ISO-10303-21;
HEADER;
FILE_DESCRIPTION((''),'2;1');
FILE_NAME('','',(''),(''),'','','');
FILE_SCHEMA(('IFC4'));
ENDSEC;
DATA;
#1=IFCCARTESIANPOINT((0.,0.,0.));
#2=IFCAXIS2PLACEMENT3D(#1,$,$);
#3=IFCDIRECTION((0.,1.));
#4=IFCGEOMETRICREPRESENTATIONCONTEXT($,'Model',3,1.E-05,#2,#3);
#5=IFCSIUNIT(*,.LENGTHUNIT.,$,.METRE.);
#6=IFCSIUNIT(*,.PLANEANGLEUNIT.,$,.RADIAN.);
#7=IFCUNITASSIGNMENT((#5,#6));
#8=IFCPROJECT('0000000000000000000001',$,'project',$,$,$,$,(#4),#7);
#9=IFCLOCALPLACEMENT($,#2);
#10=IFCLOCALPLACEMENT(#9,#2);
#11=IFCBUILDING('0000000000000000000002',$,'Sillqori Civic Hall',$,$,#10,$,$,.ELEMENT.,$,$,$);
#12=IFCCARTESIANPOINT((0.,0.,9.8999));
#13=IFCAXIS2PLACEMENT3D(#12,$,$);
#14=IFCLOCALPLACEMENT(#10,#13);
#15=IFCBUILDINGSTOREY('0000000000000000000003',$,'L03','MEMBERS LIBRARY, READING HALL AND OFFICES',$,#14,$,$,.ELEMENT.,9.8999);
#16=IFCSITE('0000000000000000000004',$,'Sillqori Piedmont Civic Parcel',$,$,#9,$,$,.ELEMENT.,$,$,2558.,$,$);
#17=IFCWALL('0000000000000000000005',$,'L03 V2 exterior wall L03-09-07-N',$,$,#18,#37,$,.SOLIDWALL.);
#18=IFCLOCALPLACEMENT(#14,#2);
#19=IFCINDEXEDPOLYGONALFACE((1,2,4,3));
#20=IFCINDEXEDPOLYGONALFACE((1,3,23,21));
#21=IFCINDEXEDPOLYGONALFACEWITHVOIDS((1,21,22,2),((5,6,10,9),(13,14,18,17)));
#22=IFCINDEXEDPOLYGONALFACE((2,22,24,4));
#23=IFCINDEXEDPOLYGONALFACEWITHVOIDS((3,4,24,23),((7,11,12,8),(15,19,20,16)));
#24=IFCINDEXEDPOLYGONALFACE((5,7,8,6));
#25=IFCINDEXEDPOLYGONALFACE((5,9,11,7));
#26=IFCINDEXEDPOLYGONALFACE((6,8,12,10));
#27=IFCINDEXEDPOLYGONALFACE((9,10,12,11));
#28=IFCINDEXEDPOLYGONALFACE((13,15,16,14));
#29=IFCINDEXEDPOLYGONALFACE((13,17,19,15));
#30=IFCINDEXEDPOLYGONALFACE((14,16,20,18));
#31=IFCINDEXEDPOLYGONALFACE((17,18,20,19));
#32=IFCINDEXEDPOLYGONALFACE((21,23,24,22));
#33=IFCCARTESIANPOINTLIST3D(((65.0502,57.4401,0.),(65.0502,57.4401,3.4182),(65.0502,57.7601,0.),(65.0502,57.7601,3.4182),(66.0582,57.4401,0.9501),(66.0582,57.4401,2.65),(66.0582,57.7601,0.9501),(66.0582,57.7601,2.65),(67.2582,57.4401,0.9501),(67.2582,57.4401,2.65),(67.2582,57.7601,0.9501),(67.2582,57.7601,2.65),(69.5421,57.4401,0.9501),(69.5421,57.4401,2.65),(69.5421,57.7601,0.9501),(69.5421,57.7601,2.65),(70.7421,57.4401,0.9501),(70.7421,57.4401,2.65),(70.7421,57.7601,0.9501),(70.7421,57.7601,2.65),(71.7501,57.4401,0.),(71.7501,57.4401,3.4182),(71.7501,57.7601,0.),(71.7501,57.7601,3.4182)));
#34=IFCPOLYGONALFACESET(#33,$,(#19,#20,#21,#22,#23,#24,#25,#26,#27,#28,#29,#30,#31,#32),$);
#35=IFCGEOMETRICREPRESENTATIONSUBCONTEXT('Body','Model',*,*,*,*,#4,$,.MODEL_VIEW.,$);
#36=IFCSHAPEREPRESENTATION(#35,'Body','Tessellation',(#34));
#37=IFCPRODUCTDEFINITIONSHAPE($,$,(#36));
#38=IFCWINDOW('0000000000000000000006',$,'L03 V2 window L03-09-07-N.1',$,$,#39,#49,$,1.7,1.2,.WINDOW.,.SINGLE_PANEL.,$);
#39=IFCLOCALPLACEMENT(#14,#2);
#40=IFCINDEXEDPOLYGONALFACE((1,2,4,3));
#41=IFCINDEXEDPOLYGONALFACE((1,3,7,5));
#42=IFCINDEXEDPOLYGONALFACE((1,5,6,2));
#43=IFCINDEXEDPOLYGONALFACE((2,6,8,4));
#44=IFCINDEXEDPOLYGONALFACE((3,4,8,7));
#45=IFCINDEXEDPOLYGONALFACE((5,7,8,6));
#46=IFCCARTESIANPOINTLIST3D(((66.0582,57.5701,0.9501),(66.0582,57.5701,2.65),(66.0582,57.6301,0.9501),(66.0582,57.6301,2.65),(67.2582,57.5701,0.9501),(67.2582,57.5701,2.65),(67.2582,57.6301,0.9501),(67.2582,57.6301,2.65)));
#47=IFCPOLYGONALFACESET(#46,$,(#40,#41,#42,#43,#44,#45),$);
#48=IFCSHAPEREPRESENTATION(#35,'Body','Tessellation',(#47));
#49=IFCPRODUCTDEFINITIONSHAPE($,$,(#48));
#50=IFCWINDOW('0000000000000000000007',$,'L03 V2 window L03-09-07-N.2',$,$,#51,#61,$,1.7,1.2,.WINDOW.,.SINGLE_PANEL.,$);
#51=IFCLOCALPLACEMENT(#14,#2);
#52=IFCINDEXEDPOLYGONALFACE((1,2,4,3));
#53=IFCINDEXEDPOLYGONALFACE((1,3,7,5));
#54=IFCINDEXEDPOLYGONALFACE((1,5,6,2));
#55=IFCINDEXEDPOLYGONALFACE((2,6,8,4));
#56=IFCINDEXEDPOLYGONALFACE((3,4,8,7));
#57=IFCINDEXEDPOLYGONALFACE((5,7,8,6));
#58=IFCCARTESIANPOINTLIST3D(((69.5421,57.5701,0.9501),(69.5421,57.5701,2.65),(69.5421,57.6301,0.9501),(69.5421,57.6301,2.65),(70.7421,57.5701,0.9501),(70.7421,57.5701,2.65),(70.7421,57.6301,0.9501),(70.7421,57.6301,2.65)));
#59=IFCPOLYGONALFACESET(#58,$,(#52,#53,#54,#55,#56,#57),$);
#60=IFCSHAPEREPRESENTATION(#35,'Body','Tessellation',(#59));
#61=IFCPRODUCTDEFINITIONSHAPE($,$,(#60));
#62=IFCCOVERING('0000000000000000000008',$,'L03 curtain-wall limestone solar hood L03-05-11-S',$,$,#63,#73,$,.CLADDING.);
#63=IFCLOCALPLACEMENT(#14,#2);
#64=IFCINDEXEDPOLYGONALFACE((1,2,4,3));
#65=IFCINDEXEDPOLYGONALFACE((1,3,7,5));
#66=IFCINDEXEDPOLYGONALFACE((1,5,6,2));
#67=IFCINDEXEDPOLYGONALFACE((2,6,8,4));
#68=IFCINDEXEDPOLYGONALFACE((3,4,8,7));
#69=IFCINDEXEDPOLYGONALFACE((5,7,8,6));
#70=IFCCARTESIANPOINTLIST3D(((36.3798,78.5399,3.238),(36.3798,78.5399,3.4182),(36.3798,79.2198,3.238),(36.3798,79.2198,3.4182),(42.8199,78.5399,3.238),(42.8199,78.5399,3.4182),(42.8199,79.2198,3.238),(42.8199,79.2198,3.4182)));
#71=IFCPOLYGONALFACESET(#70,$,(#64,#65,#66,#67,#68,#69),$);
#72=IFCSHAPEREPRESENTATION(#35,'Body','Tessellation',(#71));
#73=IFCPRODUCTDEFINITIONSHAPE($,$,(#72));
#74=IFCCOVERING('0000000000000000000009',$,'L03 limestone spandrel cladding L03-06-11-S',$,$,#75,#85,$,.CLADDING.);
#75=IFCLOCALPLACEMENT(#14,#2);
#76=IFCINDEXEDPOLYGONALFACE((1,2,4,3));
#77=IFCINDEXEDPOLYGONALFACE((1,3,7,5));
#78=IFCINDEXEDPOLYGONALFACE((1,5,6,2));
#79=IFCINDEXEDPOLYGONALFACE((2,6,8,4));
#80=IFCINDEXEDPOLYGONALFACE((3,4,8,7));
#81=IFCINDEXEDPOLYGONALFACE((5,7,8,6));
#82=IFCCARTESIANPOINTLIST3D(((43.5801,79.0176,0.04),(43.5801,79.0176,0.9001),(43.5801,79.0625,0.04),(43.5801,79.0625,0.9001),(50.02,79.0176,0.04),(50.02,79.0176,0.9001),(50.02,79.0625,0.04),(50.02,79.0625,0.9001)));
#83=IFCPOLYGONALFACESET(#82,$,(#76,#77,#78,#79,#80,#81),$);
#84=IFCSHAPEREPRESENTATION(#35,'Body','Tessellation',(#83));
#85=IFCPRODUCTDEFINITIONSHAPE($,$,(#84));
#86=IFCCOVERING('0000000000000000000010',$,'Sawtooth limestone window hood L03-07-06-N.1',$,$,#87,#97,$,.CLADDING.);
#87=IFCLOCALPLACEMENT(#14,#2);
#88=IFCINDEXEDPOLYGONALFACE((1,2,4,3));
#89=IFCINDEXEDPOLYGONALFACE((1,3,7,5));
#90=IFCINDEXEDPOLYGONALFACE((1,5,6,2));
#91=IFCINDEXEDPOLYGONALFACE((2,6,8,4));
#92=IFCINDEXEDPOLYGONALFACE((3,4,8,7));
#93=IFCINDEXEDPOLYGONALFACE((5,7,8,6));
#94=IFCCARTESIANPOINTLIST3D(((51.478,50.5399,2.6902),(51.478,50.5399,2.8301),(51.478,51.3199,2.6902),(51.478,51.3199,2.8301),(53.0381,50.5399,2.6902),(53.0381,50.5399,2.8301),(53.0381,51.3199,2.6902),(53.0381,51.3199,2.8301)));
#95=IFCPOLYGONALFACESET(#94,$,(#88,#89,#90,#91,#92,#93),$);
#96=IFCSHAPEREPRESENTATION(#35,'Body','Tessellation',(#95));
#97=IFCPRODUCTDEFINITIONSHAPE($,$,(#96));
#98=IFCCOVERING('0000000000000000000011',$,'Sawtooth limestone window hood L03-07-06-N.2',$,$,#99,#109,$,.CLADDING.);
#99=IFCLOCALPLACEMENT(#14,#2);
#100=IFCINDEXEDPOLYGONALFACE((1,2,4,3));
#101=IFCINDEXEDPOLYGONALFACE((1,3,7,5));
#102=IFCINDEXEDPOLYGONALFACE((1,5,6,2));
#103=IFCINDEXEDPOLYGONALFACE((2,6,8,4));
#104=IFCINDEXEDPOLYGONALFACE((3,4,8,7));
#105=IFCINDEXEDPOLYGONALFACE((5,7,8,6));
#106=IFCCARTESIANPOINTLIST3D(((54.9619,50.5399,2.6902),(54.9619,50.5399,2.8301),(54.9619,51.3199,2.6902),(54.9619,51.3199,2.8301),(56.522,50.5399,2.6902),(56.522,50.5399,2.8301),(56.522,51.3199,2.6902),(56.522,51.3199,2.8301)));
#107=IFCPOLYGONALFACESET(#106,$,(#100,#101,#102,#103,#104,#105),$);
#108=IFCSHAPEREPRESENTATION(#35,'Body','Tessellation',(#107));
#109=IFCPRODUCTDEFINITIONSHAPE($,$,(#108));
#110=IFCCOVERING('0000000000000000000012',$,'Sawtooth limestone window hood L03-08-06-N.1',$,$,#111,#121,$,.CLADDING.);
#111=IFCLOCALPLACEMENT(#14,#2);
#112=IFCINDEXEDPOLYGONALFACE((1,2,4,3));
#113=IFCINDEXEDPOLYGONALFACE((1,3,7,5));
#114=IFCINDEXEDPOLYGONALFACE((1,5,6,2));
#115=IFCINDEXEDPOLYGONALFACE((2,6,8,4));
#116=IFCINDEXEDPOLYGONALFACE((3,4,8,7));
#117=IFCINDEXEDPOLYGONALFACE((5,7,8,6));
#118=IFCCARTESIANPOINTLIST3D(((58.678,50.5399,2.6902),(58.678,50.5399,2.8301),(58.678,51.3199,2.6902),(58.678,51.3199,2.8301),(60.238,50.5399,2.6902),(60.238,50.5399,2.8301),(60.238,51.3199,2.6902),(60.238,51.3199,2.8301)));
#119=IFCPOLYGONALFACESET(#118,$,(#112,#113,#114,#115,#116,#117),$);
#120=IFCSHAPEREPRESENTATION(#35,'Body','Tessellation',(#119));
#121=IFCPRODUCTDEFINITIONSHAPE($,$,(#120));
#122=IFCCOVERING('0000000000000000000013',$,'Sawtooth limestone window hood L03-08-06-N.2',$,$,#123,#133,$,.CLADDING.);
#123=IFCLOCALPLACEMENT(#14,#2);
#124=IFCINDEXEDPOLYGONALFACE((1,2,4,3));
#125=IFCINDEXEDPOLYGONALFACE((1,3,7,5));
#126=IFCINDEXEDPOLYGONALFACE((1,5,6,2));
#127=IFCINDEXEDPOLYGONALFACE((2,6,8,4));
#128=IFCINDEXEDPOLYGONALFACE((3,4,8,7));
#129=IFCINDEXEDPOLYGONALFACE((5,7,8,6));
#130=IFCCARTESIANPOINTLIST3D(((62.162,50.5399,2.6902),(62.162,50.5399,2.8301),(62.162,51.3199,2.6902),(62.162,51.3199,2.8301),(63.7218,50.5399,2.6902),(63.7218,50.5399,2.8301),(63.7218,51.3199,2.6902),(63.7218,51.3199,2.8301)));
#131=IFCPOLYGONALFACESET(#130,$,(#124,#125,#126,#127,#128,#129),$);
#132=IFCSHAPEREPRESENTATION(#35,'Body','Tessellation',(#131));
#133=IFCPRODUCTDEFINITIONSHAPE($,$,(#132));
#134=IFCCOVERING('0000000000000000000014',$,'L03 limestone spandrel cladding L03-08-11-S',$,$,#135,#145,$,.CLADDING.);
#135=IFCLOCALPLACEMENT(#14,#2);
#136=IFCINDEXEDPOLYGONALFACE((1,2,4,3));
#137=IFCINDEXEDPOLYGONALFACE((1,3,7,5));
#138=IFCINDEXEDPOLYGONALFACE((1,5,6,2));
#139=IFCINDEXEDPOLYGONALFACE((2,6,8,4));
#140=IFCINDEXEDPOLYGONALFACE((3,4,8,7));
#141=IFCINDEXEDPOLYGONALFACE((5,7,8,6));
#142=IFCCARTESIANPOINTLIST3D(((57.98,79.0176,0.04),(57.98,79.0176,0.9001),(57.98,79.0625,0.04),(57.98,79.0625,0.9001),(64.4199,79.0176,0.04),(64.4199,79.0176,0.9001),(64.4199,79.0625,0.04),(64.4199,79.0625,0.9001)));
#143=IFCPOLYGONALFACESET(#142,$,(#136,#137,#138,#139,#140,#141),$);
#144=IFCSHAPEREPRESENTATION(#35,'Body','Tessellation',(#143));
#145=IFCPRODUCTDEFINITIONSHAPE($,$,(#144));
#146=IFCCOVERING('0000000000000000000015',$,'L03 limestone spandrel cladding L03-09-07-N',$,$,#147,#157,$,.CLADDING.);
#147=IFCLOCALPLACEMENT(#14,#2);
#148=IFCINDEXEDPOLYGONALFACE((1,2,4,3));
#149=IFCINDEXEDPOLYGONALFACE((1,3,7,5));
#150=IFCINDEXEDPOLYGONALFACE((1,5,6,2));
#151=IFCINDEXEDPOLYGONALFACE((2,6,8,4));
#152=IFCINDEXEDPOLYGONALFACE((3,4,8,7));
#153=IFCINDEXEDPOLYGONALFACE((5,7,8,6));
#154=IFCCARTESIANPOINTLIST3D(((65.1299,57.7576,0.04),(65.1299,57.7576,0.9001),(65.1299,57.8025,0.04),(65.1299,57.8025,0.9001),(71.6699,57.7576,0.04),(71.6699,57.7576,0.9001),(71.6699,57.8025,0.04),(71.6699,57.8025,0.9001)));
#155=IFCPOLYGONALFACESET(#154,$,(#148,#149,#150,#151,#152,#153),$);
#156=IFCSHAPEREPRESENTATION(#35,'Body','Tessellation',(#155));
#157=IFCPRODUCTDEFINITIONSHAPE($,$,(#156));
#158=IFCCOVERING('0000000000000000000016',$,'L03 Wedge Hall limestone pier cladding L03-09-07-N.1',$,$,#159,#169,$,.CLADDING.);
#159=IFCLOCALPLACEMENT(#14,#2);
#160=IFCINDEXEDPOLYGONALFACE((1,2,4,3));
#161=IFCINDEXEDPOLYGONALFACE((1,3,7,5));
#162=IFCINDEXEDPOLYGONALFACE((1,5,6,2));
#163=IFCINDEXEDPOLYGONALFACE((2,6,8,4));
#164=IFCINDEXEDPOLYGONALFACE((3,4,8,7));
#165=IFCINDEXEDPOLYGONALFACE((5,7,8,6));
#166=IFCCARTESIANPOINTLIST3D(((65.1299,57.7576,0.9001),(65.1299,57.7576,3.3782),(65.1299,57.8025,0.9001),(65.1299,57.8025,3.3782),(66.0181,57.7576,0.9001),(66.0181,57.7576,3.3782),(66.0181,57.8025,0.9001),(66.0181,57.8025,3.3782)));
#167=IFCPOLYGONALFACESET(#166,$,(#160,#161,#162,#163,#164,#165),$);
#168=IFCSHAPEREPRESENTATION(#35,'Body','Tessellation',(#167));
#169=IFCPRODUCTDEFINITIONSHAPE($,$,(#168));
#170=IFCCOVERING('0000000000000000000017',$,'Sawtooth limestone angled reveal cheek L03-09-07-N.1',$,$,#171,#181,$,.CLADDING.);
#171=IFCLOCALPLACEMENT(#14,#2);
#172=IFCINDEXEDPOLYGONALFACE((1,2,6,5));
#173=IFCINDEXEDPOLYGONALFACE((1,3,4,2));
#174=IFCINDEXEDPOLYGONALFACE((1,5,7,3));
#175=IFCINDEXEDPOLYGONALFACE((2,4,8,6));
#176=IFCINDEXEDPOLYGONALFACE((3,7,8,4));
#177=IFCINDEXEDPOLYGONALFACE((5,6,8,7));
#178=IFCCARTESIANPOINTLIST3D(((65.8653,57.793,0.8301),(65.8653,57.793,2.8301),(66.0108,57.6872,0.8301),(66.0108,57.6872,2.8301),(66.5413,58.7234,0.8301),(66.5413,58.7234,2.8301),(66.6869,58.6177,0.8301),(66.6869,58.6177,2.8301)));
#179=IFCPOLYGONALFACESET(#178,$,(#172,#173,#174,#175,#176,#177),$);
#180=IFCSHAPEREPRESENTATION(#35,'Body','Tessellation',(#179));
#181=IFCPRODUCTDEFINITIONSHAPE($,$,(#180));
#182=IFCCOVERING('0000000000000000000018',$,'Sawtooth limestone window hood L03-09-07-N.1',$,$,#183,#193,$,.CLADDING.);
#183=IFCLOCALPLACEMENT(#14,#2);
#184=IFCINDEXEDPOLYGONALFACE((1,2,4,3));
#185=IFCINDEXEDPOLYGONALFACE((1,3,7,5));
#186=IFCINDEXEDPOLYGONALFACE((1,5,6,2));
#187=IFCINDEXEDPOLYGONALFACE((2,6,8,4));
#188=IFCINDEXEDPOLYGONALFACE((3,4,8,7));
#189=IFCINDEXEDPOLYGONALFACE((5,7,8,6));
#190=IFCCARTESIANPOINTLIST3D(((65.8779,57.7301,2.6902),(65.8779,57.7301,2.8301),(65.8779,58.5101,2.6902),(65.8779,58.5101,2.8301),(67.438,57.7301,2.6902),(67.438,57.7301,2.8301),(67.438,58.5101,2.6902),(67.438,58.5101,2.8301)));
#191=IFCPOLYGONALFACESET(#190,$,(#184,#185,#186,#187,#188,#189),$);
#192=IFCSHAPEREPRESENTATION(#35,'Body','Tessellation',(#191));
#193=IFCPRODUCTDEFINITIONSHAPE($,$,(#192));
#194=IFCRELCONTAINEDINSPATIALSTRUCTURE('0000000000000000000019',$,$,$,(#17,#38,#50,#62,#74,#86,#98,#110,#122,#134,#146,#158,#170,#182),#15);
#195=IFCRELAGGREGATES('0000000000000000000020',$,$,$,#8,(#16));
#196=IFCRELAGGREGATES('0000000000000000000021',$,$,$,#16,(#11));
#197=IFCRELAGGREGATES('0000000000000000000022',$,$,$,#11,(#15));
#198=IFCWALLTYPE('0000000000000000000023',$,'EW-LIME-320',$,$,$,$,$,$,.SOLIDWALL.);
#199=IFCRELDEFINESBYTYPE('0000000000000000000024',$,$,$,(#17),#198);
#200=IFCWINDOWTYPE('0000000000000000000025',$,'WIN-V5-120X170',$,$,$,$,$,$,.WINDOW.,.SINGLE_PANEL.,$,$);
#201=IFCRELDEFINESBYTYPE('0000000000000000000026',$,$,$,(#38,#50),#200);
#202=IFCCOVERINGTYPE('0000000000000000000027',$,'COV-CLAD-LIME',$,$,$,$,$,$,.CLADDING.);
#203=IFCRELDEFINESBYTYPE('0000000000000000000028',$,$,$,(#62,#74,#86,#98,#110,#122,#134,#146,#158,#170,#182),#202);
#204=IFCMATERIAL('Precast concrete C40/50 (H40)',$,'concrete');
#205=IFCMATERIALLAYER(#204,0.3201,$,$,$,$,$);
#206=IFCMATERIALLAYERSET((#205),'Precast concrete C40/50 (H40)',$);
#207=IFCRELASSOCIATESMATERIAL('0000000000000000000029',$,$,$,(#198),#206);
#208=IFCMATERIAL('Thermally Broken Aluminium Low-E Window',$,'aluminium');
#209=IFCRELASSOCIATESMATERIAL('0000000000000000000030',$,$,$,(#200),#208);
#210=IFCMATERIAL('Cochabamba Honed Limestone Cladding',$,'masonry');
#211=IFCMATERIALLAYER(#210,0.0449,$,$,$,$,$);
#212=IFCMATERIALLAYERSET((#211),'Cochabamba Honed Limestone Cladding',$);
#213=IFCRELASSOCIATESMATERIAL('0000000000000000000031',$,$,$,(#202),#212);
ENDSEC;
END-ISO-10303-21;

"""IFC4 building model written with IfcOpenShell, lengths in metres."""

from ifc_helpers import new_model, si_unit, direction, frame, frame_2d, origin, place, context, subcontext, project, spatial, rectangle, extrude, material, layer, layer_set, type_object, element, fill, save


model = new_model("IFC4")

# Units and contexts
model_context = context("Model", 3, precision=1e-05, world=origin(), true_north=direction((0.0, 1.0)))
body_context = subcontext(model_context, "Body", "Model", "MODEL_VIEW")
ifc_project = project(units=[si_unit("LENGTHUNIT", "METRE"), si_unit("PLANEANGLEUNIT", "RADIAN")], contexts=[model_context])

# Site, building, storey
site_placement = place(None, origin())
site = spatial("IfcSite", under=ifc_project, at=site_placement, Name="Sillqori Piedmont Civic Parcel", CompositionType="ELEMENT", RefElevation=2558.0)
building_placement = place(site_placement, origin())
building = spatial("IfcBuilding", under=site, at=building_placement, Name="Sillqori Civic Hall", CompositionType="ELEMENT")
storey_placement = place(building_placement, frame((0.0, 0.0, 9.8999)))
storey = spatial("IfcBuildingStorey", under=building, at=storey_placement, Name="L03", Description="MEMBERS LIBRARY, READING HALL AND OFFICES", CompositionType="ELEMENT", Elevation=9.8999)

# Shared definitions
ifc_material_1 = material(Name="Precast concrete C40/50 (H40)", Category="concrete")

# Wall, openings, windows
ifc_layer_1 = layer(ifc_material_1, 0.3201)
ifc_layer_set_1 = layer_set([ifc_layer_1], Name="Precast concrete C40/50 (H40)")
wall_type = type_object("IfcWallType", Name="EW-LIME-320", PredefinedType="SOLIDWALL", material=ifc_layer_set_1)
wall_placement = place(storey_placement, frame((65.05, 57.6001, 0.0), z_axis=(0.0, 0.0, 1.0), x_axis=(1.0, 0.0, 0.0)))
wall = element("IfcWall", 1, at=wall_placement, inside=storey, type_object=wall_type, Name="L03 V2 exterior wall L03-09-07-N", PredefinedType="SOLIDWALL", context=body_context, shape_type="SweptSolid", body=[
    extrude(rectangle(XDim=6.7, YDim=0.3201, at=frame_2d((3.3501, 0.0))), origin(), (0.0, 0.0, 1.0), 3.4182),
])
opening_1_placement = place(wall_placement, frame((1.0081, 0.0, 0.95)))
opening_1 = element("IfcOpeningElement", 2, at=opening_1_placement, cuts=wall, PredefinedType="OPENING", context=body_context, shape_type="SweptSolid", body=[
    extrude(rectangle(XDim=1.2, YDim=1.7, at=frame_2d((0.6001, 0.8501))), frame((0.0, 0.1699, 0.0), z_axis=(0.0, -1.0, 0.0), x_axis=(1.0, 0.0, 0.0)), (0.0, 0.0, 1.0), 0.3401),
])
opening_2_placement = place(wall_placement, frame((4.4919, 0.0, 0.95)))
opening_2 = element("IfcOpeningElement", 3, at=opening_2_placement, cuts=wall, PredefinedType="OPENING", context=body_context, shape_type="SweptSolid", body=[
    extrude(rectangle(XDim=1.2, YDim=1.7, at=frame_2d((0.6001, 0.8501))), frame((0.0, 0.1699, 0.0), z_axis=(0.0, -1.0, 0.0), x_axis=(1.0, 0.0, 0.0)), (0.0, 0.0, 1.0), 0.3401),
])
ifc_material_2 = material(Name="Thermally Broken Aluminium Low-E Window", Category="aluminium")
window_type = type_object("IfcWindowType", Name="WIN-V5-120X170", PartitioningType="SINGLE_PANEL", PredefinedType="WINDOW", material=ifc_material_2)
window_1_placement = place(opening_1_placement, origin())
window_1 = element("IfcWindow", 4, at=window_1_placement, inside=storey, type_object=window_type, Name="L03 V2 window L03-09-07-N.1", OverallHeight=1.7, OverallWidth=1.2, PartitioningType="SINGLE_PANEL", PredefinedType="WINDOW", context=body_context, shape_type="SweptSolid", body=[
    extrude(rectangle(XDim=1.2, YDim=1.7, at=frame_2d((0.6001, 0.8501))), frame((0.0, 0.03, 0.0), z_axis=(0.0, -1.0, 0.0), x_axis=(1.0, 0.0, 0.0)), (0.0, 0.0, 1.0), 0.0601),
])
fill(opening_1, window_1)
window_2_placement = place(opening_2_placement, origin())
window_2 = element("IfcWindow", 5, at=window_2_placement, inside=storey, type_object=window_type, Name="L03 V2 window L03-09-07-N.2", OverallHeight=1.7, OverallWidth=1.2, PartitioningType="SINGLE_PANEL", PredefinedType="WINDOW", context=body_context, shape_type="SweptSolid", body=[
    extrude(rectangle(XDim=1.2, YDim=1.7, at=frame_2d((0.6001, 0.8501))), frame((0.0, 0.03, 0.0), z_axis=(0.0, -1.0, 0.0), x_axis=(1.0, 0.0, 0.0)), (0.0, 0.0, 1.0), 0.0601),
])
fill(opening_2, window_2)

# Coverings
ifc_material_3 = material(Name="Cochabamba Honed Limestone Cladding", Category="masonry")
ifc_layer_2 = layer(ifc_material_3, 0.0449)
ifc_layer_set_2 = layer_set([ifc_layer_2], Name="Cochabamba Honed Limestone Cladding")
covering_type = type_object("IfcCoveringType", Name="COV-CLAD-LIME", PredefinedType="CLADDING", material=ifc_layer_set_2)
covering_1_placement = place(storey_placement, frame((42.8201, 78.8799, 3.238), z_axis=(0.0, 0.0, 1.0), x_axis=(-1.0, 0.0, 0.0)))
element("IfcCovering", 6, at=covering_1_placement, inside=storey, type_object=covering_type, Name="L03 curtain-wall limestone solar hood L03-05-11-S", PredefinedType="CLADDING", context=body_context, shape_type="SweptSolid", body=[
    extrude(rectangle(XDim=6.4402, YDim=0.6799, at=frame_2d((3.2202, 0.0))), origin(), (0.0, 0.0, 1.0), 0.1802),
])
covering_2_placement = place(storey_placement, frame((50.02, 79.04, 0.04), z_axis=(0.0, 0.0, 1.0), x_axis=(-1.0, 0.0, 0.0)))
element("IfcCovering", 7, at=covering_2_placement, inside=storey, type_object=covering_type, Name="L03 limestone spandrel cladding L03-06-11-S", PredefinedType="CLADDING", context=body_context, shape_type="SweptSolid", body=[
    extrude(rectangle(XDim=6.4399, YDim=0.0449, at=frame_2d((3.22, 0.0))), origin(), (0.0, 0.0, 1.0), 0.8601),
])
for number, where, z_axis, x_axis, name in (
    (8, (51.478, 50.9299, 2.6902), (0.0, 0.0, 1.0), (1.0, 0.0, 0.0), "Sawtooth limestone window hood L03-07-06-N.1"),
    (9, (54.9619, 50.9299, 2.6902), (0.0, 0.0, 1.0), (1.0, 0.0, 0.0), "Sawtooth limestone window hood L03-07-06-N.2"),
    (10, (58.678, 50.9299, 2.6902), (0.0, 0.0, 1.0), (1.0, 0.0, 0.0), "Sawtooth limestone window hood L03-08-06-N.1"),
):
    element("IfcCovering", number, at=place(storey_placement, frame(where, z_axis=z_axis, x_axis=x_axis)), inside=storey, type_object=covering_type, Name=name, PredefinedType="CLADDING", context=body_context, shape_type="SweptSolid", body=[
        extrude(rectangle(XDim=1.5601, YDim=0.78, at=frame_2d((0.78, 0.0))), origin(), (0.0, 0.0, 1.0), 0.1399),
    ])
covering_3_placement = place(storey_placement, frame((62.1621, 50.9299, 2.6902), z_axis=(0.0, 0.0, 1.0), x_axis=(1.0, 0.0, 0.0)))
element("IfcCovering", 11, at=covering_3_placement, inside=storey, type_object=covering_type, Name="Sawtooth limestone window hood L03-08-06-N.2", PredefinedType="CLADDING", context=body_context, shape_type="SweptSolid", body=[
    extrude(rectangle(XDim=1.5598, YDim=0.78, at=frame_2d((0.7798, 0.0))), origin(), (0.0, 0.0, 1.0), 0.1399),
])
covering_4_placement = place(storey_placement, frame((64.4199, 79.04, 0.04), z_axis=(0.0, 0.0, 1.0), x_axis=(-1.0, 0.0, 0.0)))
element("IfcCovering", 12, at=covering_4_placement, inside=storey, type_object=covering_type, Name="L03 limestone spandrel cladding L03-08-11-S", PredefinedType="CLADDING", context=body_context, shape_type="SweptSolid", body=[
    extrude(rectangle(XDim=6.4399, YDim=0.0449, at=frame_2d((3.22, 0.0))), origin(), (0.0, 0.0, 1.0), 0.8601),
])
covering_5_placement = place(storey_placement, frame((65.1299, 57.78, 0.04), z_axis=(0.0, 0.0, 1.0), x_axis=(1.0, 0.0, 0.0)))
element("IfcCovering", 13, at=covering_5_placement, inside=storey, type_object=covering_type, Name="L03 limestone spandrel cladding L03-09-07-N", PredefinedType="CLADDING", context=body_context, shape_type="SweptSolid", body=[
    extrude(rectangle(XDim=6.54, YDim=0.0449, at=frame_2d((3.27, 0.0))), origin(), (0.0, 0.0, 1.0), 0.8601),
])
covering_6_placement = place(storey_placement, frame((65.1299, 57.78, 0.9001), z_axis=(0.0, 0.0, 1.0), x_axis=(1.0, 0.0, 0.0)))
element("IfcCovering", 14, at=covering_6_placement, inside=storey, type_object=covering_type, Name="L03 Wedge Hall limestone pier cladding L03-09-07-N.1", PredefinedType="CLADDING", context=body_context, shape_type="SweptSolid", body=[
    extrude(rectangle(XDim=0.8882, YDim=0.0449, at=frame_2d((0.4441, 0.0))), origin(), (0.0, 0.0, 1.0), 2.478),
])
covering_7_placement = place(storey_placement, frame((65.938, 57.74, 0.8301), z_axis=(0.0, 0.0, 1.0), x_axis=(0.587806, 0.809002, 0.0)))
element("IfcCovering", 15, at=covering_7_placement, inside=storey, type_object=covering_type, Name="Sawtooth limestone angled reveal cheek L03-09-07-N.1", PredefinedType="CLADDING", context=body_context, shape_type="SweptSolid", body=[
    extrude(rectangle(XDim=1.1501, YDim=0.1799, at=frame_2d((0.5752, 0.0))), origin(), (0.0, 0.0, 1.0), 2.0),
])
covering_8_placement = place(storey_placement, frame((65.8779, 58.1201, 2.6902), z_axis=(0.0, 0.0, 1.0), x_axis=(1.0, 0.0, 0.0)))
element("IfcCovering", 16, at=covering_8_placement, inside=storey, type_object=covering_type, Name="Sawtooth limestone window hood L03-09-07-N.1", PredefinedType="CLADDING", context=body_context, shape_type="SweptSolid", body=[
    extrude(rectangle(XDim=1.5601, YDim=0.78, at=frame_2d((0.78, 0.0))), origin(), (0.0, 0.0, 1.0), 0.1399),
])

save(model, "model.ifc")
